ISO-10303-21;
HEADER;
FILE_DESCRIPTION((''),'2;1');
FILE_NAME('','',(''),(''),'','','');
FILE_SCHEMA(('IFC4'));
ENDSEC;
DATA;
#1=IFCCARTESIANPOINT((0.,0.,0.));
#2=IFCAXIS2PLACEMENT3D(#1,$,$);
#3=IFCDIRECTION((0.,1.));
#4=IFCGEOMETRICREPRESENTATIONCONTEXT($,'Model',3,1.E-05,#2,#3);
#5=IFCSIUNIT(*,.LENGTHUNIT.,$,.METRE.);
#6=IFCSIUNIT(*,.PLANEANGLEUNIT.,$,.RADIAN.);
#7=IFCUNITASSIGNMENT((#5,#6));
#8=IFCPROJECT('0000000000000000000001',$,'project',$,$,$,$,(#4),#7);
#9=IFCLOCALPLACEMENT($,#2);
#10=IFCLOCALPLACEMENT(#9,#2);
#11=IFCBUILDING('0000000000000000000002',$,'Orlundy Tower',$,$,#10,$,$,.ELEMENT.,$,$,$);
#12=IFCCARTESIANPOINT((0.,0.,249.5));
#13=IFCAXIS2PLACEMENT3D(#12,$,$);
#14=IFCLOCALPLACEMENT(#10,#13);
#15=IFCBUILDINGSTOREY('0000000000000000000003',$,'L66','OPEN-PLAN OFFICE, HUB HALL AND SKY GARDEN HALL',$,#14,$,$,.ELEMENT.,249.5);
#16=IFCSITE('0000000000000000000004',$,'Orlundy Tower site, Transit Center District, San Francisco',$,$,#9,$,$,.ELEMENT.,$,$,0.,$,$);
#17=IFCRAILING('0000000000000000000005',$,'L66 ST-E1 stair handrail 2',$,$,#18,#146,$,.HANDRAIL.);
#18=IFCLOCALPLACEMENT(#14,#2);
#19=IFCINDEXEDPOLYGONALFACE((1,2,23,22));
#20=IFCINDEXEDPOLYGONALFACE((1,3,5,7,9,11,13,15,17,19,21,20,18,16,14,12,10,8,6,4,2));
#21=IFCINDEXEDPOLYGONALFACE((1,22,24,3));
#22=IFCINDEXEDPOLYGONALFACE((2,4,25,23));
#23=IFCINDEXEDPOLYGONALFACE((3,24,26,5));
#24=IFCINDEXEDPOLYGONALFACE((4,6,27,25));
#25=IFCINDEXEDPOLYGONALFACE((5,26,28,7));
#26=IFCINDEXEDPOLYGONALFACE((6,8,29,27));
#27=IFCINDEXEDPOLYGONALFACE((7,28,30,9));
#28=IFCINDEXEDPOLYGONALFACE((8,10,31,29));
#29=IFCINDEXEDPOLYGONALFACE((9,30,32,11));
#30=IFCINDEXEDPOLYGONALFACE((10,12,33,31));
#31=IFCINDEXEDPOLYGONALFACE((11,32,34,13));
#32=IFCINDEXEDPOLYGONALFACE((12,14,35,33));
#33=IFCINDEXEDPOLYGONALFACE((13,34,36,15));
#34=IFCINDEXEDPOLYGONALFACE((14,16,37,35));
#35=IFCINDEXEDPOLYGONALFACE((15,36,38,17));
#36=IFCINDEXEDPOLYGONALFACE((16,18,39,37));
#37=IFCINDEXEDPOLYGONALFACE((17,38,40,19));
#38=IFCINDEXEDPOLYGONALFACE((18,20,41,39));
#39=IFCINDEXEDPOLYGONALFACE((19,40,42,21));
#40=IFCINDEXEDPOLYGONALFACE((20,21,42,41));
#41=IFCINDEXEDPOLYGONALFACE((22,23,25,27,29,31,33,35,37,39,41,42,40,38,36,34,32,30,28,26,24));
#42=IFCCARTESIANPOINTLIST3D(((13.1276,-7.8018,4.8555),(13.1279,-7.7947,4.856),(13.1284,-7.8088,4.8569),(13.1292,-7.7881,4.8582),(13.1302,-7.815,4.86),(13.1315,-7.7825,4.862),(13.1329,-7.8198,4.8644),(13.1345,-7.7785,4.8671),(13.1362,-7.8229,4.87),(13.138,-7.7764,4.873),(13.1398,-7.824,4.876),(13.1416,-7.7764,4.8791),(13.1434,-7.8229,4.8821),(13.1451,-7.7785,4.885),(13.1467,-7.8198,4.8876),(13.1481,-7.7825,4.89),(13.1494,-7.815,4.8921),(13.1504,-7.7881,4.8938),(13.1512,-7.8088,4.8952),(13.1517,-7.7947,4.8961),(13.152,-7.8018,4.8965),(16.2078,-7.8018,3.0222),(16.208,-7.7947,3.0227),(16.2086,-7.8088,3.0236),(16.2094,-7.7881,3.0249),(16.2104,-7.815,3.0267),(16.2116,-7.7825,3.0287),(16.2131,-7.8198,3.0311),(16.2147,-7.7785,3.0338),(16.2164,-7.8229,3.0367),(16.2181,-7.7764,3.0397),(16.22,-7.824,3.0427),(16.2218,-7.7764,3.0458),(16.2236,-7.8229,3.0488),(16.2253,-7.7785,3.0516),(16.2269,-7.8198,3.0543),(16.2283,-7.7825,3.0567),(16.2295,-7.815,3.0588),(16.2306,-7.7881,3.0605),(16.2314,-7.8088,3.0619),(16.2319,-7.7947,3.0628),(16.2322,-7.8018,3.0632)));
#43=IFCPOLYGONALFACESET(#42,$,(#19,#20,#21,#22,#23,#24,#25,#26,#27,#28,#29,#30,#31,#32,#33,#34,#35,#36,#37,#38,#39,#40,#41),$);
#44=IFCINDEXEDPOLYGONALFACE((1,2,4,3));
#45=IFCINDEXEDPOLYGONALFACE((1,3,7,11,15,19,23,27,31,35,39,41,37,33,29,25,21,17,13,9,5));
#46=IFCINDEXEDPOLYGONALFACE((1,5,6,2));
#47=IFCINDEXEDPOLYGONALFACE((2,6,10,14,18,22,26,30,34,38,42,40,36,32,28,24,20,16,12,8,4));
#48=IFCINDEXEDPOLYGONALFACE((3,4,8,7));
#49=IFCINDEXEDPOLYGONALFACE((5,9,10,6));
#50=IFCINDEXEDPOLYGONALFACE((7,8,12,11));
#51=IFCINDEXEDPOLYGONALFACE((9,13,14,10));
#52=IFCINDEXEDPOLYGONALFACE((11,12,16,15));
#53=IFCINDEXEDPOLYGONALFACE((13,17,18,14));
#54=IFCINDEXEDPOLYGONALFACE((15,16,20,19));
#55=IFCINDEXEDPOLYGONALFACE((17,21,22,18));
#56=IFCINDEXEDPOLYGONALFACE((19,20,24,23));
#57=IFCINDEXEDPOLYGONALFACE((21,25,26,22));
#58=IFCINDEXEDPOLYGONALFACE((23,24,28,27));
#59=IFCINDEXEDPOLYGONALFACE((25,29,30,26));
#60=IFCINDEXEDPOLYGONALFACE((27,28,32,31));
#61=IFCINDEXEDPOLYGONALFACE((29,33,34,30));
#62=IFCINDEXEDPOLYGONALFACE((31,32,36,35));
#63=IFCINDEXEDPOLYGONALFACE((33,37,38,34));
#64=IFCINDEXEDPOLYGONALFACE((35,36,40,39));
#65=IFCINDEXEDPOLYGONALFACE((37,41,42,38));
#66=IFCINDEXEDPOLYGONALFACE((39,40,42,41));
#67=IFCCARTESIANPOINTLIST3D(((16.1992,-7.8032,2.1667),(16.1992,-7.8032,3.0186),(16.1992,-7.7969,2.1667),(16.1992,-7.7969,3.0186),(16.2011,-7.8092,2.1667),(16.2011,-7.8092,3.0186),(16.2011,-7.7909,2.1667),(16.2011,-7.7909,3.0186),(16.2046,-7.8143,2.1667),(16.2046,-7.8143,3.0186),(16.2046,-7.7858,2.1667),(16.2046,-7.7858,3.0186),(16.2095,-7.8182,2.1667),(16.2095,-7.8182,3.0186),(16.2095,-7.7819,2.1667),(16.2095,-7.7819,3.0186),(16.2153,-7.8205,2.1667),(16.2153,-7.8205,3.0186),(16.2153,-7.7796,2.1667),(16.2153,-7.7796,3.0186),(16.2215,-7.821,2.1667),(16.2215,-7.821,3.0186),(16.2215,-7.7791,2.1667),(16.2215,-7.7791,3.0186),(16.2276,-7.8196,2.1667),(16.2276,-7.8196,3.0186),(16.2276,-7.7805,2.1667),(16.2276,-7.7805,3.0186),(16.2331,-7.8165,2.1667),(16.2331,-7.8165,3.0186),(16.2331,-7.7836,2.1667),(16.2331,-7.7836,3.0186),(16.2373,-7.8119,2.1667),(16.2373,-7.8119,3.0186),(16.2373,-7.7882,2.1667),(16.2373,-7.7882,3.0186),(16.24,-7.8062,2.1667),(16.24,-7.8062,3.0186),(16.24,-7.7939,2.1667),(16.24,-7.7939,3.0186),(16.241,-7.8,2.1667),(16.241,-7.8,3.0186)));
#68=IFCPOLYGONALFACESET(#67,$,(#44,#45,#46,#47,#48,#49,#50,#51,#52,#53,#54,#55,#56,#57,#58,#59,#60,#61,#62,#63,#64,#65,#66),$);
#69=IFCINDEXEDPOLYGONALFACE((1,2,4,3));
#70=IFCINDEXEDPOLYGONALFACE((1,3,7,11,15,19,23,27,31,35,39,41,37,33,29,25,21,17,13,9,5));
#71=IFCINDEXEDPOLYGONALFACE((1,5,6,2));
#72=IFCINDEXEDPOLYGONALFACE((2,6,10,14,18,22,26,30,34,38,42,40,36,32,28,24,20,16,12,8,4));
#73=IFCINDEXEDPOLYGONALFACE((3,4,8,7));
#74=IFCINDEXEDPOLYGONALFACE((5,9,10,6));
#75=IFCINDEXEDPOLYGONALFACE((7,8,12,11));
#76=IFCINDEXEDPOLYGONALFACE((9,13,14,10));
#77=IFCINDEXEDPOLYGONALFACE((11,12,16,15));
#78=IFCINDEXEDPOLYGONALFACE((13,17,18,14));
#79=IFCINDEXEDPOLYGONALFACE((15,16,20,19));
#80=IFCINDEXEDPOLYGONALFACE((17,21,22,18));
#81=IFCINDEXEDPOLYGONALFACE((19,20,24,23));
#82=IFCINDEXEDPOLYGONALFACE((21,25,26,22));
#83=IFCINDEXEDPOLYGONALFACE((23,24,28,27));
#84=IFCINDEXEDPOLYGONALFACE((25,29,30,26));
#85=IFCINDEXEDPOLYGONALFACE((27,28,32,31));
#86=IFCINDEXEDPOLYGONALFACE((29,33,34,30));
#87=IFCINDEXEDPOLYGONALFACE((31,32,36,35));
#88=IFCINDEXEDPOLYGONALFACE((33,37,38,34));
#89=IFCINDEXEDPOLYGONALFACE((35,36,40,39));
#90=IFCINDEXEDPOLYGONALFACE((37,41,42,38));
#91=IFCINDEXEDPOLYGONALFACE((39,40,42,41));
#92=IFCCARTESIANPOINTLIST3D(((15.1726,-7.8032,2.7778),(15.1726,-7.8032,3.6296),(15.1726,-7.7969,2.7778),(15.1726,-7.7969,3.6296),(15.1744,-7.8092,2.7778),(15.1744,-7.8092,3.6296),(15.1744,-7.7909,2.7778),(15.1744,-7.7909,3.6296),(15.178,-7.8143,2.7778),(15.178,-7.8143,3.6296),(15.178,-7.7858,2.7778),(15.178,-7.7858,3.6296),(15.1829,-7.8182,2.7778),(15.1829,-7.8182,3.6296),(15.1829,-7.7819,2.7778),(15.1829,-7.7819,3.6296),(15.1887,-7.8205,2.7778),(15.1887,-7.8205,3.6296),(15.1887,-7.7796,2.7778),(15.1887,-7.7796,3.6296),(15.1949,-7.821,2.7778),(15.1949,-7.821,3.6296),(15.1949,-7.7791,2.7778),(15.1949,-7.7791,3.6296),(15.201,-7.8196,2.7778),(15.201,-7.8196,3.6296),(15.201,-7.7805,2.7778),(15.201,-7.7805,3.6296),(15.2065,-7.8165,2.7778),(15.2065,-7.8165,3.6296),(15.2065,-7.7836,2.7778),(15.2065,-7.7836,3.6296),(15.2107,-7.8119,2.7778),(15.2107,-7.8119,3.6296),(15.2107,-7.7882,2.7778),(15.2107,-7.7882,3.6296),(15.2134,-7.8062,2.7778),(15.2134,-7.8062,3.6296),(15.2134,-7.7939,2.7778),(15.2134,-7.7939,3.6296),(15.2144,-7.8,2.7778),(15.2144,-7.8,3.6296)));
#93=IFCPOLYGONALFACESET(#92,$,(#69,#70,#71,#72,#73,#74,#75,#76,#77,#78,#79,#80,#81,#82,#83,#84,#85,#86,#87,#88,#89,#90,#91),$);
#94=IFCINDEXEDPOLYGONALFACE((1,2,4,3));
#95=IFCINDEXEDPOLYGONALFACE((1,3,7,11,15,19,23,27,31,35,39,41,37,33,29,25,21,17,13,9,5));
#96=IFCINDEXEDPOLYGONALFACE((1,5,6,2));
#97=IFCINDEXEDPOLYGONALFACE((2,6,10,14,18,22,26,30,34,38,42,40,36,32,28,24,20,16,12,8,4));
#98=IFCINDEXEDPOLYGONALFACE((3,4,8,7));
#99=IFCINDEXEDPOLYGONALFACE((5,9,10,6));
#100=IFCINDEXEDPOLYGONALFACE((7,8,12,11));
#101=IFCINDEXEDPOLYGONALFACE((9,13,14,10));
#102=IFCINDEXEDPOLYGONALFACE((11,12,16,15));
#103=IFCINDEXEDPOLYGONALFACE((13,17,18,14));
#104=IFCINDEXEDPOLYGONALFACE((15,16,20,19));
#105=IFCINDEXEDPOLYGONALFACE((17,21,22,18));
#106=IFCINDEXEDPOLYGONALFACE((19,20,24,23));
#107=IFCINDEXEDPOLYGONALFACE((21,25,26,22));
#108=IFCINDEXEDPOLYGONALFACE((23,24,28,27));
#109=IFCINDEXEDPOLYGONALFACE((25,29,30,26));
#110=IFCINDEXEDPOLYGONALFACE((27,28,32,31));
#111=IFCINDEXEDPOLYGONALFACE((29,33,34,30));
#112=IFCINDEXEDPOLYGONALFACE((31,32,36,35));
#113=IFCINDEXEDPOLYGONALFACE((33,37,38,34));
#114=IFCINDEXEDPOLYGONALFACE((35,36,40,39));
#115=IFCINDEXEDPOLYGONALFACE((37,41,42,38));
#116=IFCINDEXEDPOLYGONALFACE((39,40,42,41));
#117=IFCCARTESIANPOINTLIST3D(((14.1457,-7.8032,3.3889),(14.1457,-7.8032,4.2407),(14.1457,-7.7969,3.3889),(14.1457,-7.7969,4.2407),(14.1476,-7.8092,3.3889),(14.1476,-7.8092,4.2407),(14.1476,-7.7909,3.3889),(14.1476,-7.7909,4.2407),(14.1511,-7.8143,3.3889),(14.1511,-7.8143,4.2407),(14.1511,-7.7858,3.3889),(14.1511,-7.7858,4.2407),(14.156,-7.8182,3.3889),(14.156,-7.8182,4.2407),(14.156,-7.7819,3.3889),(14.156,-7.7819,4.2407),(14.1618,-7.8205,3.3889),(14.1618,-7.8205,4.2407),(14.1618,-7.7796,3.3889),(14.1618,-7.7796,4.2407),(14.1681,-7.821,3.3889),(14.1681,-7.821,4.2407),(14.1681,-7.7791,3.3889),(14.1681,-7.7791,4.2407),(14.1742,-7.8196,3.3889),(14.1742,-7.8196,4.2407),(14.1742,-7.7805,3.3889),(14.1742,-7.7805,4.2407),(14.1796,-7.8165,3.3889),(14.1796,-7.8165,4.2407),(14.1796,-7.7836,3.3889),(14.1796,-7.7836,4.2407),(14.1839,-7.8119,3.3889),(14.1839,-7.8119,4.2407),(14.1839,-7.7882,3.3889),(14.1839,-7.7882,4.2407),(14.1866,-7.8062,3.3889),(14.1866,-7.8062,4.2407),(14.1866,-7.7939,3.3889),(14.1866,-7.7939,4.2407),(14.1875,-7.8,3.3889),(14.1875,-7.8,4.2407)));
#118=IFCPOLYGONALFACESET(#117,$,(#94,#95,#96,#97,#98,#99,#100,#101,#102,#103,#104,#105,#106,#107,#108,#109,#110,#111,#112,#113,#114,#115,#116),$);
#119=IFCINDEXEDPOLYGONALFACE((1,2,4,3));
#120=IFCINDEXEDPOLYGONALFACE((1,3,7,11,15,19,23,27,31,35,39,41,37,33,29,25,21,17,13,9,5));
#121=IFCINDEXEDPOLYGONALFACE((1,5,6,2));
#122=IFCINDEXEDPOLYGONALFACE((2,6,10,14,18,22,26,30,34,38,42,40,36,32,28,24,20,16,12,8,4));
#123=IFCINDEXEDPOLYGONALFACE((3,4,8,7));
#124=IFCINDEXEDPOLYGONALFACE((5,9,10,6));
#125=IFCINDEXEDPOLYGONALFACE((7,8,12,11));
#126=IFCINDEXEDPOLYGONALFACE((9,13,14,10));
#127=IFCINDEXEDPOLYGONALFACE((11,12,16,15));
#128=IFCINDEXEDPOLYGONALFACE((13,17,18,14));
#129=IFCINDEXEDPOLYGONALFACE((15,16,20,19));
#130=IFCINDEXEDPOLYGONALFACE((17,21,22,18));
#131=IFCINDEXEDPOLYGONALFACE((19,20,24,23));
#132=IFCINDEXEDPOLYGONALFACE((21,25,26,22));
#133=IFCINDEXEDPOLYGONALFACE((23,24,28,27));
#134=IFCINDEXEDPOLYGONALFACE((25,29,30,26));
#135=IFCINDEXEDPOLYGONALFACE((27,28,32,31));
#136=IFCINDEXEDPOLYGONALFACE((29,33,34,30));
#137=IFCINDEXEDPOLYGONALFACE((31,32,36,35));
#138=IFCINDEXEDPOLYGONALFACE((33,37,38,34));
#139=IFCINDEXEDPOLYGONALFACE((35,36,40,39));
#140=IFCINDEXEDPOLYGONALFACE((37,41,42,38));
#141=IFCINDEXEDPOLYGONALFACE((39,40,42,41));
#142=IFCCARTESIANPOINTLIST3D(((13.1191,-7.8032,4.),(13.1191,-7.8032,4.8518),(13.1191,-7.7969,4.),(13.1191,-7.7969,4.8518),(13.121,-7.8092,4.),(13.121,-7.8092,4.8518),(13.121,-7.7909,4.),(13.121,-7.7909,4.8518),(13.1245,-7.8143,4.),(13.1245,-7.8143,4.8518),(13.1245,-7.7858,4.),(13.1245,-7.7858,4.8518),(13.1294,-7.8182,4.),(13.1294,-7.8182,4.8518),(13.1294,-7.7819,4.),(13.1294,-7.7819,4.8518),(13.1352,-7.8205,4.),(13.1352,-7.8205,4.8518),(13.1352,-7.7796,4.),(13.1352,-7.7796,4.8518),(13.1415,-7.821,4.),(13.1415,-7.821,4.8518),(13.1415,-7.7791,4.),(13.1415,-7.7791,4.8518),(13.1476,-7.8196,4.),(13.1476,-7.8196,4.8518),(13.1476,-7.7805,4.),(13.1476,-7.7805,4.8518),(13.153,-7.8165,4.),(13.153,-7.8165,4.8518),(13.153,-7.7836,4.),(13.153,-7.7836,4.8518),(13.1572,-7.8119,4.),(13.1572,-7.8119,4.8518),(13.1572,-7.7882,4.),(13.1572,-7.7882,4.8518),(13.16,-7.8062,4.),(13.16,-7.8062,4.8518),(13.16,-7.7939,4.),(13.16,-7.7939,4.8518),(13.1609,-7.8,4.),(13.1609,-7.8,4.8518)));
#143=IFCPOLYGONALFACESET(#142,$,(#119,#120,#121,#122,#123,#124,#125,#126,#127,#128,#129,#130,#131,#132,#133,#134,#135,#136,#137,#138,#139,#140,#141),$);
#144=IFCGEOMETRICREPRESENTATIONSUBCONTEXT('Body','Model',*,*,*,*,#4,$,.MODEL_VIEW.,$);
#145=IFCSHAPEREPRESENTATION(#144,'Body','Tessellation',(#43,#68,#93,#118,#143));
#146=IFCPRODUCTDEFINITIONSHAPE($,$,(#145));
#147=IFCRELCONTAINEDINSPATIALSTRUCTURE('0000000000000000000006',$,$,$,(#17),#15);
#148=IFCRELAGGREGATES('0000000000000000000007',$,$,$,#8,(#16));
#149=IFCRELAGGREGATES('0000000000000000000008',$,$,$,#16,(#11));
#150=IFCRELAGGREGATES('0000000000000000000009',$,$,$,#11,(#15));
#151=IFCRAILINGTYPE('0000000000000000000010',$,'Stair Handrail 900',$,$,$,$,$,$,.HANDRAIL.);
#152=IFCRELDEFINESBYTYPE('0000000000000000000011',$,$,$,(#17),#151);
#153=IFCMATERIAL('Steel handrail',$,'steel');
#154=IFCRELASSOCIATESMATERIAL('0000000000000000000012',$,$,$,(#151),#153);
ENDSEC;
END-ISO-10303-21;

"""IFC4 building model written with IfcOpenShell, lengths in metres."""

from ifc_helpers import new_model, si_unit, direction, frame, origin, origin_2d, place, context, subcontext, project, spatial, circle, extrude, material, type_object, element, save


model = new_model("IFC4")

# Units and contexts
model_context = context("Model", 3, precision=1e-05, world=origin(), true_north=direction((0.0, 1.0)))
body_context = subcontext(model_context, "Body", "Model", "MODEL_VIEW")
ifc_project = project(units=[si_unit("LENGTHUNIT", "METRE"), si_unit("PLANEANGLEUNIT", "RADIAN")], contexts=[model_context])

# Site, building, storey
site_placement = place(None, origin())
site = spatial("IfcSite", under=ifc_project, at=site_placement, Name="Orlundy Tower site, Transit Center District, San Francisco", CompositionType="ELEMENT", RefElevation=0.0)
building_placement = place(site_placement, origin())
building = spatial("IfcBuilding", under=site, at=building_placement, Name="Orlundy Tower", CompositionType="ELEMENT")
storey_placement = place(building_placement, frame((0.0, 0.0, 249.5)))
storey = spatial("IfcBuildingStorey", under=building, at=storey_placement, Name="L66", Description="OPEN-PLAN OFFICE, HUB HALL AND SKY GARDEN HALL", CompositionType="ELEMENT", Elevation=249.5)

# Railing
ifc_material_1 = material(Name="Steel handrail", Category="steel")
railing_type_1 = type_object("IfcRailingType", Name="Stair Handrail 900", PredefinedType="HANDRAIL", material=ifc_material_1)
railing_1_placement = place(storey_placement, frame((16.22, -7.8, 2.1667)))
element("IfcRailing", 1, at=railing_1_placement, inside=storey, type_object=railing_type_1, Name="L66 ST-E1 stair handrail 2", PredefinedType="HANDRAIL", context=body_context, shape_type="SweptSolid", body=[
    extrude(circle(Radius=0.0239, at=origin_2d()), frame((0.0, 0.0, 0.876), z_axis=(-0.859309, 0.0, 0.511458), x_axis=(0.0, -1.0, 0.0)), (0.0, 0.0, 1.0), 3.5845),
    extrude(circle(Radius=0.021, at=origin_2d()), origin(), (0.0, 0.0, 1.0), 0.8518),
    extrude(circle(Radius=0.021, at=origin_2d()), frame((-1.0266, 0.0, 0.6111)), (0.0, 0.0, 1.0), 0.8518),
    extrude(circle(Radius=0.021, at=origin_2d()), frame((-2.0535, 0.0, 1.2222)), (0.0, 0.0, 1.0), 0.8518),
    extrude(circle(Radius=0.021, at=origin_2d()), frame((-3.0801, 0.0, 1.8333)), (0.0, 0.0, 1.0), 0.8518),
])

save(model, "model.ifc")
